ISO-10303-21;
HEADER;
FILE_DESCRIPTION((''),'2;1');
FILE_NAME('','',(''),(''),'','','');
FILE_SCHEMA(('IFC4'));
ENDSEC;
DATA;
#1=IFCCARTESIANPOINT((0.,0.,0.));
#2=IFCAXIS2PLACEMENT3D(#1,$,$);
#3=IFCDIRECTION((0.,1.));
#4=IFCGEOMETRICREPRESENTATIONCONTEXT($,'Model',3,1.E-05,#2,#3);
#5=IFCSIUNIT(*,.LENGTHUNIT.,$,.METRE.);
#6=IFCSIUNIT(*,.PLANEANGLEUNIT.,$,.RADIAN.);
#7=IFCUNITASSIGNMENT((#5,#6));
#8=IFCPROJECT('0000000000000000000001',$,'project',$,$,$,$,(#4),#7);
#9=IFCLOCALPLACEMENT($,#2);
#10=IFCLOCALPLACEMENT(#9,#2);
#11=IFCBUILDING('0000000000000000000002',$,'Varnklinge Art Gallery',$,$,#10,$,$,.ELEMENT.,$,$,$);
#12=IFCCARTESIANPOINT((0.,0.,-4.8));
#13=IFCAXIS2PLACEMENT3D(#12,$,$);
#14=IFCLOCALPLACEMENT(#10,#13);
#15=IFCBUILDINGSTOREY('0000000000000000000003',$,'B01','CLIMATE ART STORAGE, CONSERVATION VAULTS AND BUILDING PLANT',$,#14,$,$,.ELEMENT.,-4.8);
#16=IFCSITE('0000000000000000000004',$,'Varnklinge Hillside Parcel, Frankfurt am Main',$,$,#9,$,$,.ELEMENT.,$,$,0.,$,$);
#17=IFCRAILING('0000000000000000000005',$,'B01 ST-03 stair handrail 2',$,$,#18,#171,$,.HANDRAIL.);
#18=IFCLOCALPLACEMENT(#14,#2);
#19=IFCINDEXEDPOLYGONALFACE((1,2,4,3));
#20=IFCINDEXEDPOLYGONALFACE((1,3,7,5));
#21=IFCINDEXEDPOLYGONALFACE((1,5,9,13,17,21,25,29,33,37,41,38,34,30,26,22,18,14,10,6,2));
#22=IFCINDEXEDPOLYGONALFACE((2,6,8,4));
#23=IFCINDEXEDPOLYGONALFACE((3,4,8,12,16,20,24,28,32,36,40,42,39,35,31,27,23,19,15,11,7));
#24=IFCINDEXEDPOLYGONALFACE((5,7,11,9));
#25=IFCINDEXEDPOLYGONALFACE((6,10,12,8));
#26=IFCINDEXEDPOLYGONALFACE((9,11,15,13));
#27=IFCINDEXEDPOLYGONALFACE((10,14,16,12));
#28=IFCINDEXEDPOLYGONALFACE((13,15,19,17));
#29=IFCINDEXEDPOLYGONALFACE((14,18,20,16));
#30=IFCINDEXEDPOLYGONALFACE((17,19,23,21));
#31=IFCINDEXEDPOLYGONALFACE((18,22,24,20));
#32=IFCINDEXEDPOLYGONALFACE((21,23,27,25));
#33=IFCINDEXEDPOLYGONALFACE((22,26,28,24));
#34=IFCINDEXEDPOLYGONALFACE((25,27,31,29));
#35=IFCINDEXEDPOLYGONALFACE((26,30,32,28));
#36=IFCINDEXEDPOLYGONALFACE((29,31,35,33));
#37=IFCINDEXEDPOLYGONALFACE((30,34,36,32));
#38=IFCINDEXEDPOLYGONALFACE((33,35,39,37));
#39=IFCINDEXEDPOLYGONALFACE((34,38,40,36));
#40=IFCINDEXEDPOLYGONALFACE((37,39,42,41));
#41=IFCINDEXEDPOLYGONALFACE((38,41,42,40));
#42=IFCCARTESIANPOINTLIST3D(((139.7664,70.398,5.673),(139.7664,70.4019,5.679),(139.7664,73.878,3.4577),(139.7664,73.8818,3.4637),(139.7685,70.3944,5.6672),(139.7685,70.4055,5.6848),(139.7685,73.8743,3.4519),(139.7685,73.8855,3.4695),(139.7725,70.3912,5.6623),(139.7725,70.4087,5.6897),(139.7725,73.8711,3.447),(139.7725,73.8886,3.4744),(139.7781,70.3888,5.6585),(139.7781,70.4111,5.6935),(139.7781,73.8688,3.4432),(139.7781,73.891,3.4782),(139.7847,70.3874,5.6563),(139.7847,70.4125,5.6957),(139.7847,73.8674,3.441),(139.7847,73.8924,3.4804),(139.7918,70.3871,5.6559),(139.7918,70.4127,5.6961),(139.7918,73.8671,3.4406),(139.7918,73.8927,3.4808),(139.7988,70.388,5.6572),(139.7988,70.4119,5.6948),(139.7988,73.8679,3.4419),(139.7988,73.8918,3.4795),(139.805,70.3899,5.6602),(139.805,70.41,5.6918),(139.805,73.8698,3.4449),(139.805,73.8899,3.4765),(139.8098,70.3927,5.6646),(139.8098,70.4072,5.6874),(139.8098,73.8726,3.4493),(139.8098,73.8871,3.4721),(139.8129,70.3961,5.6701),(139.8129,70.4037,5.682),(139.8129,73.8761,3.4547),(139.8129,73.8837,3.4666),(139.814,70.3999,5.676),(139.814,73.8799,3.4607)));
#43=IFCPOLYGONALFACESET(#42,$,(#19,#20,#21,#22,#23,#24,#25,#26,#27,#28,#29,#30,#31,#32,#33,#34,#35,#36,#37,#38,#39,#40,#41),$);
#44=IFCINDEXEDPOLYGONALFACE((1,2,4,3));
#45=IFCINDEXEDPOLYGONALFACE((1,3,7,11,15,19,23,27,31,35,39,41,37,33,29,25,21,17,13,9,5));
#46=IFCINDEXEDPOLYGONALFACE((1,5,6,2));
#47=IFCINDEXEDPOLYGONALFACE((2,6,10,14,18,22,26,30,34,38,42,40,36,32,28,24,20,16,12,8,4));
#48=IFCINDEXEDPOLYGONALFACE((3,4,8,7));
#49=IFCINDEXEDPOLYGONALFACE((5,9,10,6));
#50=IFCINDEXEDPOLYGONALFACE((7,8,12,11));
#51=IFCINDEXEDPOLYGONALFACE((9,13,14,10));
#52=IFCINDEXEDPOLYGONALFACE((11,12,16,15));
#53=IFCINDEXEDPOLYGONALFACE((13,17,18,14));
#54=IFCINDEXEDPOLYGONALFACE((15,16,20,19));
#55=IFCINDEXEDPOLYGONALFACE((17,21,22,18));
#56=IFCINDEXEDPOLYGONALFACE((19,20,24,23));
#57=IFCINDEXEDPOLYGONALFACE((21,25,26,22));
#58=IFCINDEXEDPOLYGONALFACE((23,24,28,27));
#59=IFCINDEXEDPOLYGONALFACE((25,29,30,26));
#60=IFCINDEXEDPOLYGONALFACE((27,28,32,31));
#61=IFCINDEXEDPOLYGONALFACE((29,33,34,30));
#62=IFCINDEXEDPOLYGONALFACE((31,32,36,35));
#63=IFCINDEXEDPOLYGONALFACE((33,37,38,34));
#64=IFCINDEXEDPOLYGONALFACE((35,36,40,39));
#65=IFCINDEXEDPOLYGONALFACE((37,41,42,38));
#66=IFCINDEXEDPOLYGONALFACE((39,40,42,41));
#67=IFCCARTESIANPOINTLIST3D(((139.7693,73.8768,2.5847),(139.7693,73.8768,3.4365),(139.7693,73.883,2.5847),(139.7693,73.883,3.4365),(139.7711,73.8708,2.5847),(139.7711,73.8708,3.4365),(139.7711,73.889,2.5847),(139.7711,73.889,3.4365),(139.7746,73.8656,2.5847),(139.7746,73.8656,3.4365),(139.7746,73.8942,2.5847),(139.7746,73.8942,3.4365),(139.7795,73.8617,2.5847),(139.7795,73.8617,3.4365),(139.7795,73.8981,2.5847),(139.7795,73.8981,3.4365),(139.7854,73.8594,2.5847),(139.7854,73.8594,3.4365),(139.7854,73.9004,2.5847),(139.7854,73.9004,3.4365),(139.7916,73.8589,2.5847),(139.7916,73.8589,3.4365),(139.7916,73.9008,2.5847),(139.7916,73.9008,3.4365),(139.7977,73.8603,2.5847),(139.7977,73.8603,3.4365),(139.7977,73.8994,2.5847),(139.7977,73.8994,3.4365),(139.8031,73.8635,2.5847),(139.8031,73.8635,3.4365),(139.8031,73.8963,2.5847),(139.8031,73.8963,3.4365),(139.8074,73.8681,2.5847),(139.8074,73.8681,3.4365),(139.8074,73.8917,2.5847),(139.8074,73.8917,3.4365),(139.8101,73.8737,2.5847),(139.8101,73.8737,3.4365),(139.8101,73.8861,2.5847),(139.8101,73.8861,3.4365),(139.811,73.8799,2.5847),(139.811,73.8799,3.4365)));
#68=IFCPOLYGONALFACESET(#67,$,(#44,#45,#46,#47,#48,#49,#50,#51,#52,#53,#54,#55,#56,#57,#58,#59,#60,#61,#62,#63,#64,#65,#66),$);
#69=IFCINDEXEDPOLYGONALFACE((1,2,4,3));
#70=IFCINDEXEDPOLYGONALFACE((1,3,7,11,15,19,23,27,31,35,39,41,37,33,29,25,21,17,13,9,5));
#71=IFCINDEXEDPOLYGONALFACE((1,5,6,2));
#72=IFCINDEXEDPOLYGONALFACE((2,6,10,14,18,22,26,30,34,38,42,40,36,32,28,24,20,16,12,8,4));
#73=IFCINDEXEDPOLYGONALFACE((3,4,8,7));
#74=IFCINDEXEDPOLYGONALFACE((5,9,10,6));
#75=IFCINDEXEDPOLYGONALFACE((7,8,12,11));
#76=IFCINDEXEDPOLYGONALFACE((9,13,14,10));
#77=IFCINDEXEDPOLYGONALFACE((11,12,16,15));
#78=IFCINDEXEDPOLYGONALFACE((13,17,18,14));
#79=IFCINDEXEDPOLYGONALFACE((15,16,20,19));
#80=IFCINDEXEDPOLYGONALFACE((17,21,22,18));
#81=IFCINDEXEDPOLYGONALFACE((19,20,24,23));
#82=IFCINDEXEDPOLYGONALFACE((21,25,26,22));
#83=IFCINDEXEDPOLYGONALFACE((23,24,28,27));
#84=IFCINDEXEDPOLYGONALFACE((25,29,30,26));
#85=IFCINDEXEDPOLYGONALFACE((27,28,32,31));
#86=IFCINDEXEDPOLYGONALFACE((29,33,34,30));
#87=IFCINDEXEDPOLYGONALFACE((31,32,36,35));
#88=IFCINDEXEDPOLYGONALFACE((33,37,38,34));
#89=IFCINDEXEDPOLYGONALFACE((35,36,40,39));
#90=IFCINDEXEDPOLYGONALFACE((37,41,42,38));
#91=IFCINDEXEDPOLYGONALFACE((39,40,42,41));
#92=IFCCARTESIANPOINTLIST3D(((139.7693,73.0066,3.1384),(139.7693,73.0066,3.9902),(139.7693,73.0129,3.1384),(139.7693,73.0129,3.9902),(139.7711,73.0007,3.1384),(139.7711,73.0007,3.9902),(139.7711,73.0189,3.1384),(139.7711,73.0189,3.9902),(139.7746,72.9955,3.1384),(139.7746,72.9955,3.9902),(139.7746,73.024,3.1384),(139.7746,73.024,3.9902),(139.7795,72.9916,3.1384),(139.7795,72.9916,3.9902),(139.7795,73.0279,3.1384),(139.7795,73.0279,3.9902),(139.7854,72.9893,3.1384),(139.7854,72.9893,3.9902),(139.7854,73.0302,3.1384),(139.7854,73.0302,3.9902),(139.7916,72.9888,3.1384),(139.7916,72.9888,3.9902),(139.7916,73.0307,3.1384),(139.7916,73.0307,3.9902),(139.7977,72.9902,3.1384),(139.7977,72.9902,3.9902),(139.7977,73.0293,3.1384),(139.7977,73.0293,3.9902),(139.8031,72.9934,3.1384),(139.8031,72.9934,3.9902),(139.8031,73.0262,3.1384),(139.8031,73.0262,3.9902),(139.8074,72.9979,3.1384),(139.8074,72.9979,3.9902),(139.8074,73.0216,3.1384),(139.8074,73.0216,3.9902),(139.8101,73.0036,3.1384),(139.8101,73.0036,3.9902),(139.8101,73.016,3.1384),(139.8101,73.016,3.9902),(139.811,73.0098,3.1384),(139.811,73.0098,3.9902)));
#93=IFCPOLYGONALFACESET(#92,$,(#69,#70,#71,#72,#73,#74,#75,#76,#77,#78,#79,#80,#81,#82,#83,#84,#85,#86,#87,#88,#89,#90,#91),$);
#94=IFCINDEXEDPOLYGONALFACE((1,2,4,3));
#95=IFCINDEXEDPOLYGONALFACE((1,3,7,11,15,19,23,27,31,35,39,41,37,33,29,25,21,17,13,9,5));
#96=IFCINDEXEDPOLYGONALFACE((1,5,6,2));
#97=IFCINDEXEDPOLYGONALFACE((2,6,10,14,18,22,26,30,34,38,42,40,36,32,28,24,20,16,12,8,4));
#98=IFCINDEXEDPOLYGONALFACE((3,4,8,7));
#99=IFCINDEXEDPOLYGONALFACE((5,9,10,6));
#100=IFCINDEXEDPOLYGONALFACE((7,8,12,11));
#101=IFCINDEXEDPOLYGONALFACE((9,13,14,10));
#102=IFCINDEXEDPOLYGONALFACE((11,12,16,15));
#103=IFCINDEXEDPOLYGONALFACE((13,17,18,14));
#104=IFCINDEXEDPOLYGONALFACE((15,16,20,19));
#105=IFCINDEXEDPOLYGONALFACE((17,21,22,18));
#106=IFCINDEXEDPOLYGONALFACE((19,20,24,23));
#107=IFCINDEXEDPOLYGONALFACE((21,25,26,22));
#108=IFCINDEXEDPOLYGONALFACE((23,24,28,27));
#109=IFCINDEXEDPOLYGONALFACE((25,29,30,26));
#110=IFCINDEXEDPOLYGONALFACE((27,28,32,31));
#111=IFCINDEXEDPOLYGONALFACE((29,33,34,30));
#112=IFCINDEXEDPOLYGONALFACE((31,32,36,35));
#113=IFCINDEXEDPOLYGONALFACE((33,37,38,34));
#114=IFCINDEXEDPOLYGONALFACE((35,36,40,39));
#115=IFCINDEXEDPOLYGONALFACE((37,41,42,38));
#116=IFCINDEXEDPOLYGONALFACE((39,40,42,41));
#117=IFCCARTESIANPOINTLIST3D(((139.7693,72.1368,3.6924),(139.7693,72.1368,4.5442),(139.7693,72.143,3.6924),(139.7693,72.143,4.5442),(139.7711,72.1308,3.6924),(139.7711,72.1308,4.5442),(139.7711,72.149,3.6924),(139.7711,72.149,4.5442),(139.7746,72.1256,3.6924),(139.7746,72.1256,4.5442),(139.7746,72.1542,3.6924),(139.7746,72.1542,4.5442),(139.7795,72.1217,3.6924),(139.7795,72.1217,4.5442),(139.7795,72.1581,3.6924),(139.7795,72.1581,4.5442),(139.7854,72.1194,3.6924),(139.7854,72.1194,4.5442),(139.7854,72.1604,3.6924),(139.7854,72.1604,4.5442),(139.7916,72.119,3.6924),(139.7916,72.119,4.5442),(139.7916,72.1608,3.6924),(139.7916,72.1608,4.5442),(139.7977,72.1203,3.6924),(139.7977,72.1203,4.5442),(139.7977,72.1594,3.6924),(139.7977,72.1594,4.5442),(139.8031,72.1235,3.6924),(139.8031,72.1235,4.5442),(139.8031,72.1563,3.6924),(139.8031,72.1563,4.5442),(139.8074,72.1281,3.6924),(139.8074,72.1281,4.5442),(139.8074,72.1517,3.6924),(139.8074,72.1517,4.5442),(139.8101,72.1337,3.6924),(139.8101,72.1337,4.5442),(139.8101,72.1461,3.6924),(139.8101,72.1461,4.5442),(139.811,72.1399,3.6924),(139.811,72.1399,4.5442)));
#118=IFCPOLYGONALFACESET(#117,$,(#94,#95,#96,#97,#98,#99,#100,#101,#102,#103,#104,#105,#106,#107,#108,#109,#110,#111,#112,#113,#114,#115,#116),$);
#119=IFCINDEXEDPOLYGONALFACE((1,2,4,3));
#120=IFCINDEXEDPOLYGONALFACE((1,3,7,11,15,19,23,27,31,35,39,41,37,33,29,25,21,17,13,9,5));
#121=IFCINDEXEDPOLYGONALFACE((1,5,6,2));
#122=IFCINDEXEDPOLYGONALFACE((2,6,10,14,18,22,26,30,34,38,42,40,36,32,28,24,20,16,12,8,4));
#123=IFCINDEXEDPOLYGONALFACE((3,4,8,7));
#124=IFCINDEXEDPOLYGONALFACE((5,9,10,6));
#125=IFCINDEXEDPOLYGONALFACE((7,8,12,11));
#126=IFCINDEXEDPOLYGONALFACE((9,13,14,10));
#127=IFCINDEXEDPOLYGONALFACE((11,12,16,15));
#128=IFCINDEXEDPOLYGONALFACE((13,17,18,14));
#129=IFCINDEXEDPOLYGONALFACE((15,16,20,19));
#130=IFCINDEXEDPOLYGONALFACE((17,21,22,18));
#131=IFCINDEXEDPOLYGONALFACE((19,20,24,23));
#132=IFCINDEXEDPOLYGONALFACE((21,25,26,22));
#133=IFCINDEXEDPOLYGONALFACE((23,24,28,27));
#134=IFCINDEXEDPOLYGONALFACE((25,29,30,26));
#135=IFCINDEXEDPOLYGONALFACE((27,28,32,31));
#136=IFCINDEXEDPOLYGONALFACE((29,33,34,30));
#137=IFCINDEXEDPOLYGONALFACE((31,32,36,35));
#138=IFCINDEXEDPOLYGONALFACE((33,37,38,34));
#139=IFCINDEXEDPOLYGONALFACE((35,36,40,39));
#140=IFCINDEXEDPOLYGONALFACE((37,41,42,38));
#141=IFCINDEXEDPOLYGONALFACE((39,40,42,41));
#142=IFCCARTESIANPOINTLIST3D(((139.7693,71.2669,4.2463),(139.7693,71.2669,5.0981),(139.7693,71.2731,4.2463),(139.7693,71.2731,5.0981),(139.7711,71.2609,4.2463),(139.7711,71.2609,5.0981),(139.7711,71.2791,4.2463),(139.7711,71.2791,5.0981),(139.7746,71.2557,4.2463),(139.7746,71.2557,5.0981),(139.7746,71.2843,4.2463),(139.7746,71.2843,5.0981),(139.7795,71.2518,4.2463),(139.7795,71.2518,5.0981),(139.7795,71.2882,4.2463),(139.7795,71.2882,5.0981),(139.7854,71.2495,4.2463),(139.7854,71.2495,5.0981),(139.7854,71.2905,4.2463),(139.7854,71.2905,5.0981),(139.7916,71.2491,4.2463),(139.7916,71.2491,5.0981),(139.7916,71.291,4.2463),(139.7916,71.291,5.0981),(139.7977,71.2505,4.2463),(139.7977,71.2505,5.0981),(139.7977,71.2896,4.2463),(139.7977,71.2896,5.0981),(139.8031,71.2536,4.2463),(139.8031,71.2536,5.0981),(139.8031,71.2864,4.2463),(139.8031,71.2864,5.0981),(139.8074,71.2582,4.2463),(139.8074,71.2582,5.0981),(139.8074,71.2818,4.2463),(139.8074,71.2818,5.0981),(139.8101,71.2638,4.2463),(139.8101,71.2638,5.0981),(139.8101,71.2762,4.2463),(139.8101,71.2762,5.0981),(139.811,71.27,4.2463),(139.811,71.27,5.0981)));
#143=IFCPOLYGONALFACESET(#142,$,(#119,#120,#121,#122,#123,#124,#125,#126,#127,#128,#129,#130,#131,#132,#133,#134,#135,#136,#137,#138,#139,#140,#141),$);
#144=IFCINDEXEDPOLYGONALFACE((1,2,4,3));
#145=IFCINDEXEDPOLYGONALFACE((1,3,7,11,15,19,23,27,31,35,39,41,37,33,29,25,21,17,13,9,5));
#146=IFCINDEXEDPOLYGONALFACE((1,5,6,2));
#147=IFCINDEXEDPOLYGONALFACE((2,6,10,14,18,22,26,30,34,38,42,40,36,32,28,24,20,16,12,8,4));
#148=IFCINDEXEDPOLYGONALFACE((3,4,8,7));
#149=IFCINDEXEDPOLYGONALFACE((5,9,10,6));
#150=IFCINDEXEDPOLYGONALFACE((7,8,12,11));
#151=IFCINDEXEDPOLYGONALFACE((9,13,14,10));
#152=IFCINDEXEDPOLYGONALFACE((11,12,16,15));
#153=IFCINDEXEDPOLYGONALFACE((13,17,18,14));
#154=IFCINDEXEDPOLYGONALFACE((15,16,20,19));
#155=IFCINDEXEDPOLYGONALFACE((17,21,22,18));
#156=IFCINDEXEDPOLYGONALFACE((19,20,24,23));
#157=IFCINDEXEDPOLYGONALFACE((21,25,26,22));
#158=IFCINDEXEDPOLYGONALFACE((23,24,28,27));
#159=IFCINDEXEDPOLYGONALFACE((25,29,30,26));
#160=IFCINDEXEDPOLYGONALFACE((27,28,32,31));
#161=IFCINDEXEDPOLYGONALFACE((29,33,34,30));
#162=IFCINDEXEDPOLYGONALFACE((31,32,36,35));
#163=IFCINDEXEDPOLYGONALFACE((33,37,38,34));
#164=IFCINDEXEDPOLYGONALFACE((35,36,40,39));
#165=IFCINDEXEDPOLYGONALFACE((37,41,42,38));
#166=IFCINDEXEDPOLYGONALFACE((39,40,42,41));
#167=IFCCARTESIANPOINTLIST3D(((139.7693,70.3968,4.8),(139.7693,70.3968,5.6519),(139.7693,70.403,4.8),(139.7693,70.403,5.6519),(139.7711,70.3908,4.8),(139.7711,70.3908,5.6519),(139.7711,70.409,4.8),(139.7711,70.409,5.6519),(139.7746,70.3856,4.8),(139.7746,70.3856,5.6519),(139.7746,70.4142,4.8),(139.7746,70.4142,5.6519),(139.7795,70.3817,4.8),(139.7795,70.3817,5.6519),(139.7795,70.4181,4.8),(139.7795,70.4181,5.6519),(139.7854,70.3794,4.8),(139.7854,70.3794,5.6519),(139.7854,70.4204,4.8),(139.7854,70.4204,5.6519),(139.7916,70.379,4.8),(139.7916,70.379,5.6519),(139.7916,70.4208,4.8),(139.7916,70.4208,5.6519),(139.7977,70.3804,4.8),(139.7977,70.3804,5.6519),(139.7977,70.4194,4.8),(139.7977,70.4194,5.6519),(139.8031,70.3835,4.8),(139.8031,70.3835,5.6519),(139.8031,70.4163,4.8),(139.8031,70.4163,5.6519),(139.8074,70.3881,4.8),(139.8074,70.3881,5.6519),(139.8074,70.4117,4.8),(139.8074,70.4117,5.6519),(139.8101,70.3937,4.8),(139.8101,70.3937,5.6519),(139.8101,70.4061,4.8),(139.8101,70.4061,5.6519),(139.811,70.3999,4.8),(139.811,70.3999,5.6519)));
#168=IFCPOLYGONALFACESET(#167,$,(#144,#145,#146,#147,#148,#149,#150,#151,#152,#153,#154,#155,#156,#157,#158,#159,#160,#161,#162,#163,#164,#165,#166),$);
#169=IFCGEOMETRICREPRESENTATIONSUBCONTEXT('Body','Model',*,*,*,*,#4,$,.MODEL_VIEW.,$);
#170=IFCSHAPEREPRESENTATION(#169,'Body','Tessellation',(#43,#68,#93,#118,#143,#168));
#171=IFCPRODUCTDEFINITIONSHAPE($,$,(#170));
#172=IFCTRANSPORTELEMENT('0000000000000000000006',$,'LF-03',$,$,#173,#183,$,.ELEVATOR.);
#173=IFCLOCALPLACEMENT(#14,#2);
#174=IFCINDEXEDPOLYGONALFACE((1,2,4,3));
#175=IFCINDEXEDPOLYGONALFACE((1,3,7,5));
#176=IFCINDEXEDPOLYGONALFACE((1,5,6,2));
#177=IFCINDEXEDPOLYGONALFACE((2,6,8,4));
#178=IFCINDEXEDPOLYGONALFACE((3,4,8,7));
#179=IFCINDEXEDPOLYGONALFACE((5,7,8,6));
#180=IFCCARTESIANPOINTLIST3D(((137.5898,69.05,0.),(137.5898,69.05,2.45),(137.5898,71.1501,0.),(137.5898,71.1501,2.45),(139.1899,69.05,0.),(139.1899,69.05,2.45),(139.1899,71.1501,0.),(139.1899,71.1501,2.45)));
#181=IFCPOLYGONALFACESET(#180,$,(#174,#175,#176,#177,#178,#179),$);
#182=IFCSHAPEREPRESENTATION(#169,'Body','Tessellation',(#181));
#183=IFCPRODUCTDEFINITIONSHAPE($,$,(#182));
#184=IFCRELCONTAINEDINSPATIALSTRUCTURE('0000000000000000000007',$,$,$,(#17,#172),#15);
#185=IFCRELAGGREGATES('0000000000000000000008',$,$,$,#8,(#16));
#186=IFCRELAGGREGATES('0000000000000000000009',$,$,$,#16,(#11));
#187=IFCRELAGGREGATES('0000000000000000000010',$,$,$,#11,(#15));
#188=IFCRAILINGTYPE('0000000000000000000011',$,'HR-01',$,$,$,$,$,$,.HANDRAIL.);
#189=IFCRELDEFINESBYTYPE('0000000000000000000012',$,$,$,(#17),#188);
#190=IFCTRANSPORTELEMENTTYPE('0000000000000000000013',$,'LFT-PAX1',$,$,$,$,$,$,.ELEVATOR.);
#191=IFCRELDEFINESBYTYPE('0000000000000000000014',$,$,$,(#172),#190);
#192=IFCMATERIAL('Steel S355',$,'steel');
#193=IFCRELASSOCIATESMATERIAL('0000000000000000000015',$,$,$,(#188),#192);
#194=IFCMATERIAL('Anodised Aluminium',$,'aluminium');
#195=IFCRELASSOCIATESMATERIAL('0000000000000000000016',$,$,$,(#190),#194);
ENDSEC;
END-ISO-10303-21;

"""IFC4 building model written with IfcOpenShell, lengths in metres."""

from ifc_helpers import new_model, si_unit, direction, frame, origin, origin_2d, place, context, subcontext, project, spatial, rectangle, circle, extrude, material, type_object, element, save


model = new_model("IFC4")

# Units and contexts
model_context = context("Model", 3, precision=1e-05, world=origin(), true_north=direction((0.0, 1.0)))
body_context = subcontext(model_context, "Body", "Model", "MODEL_VIEW")
ifc_project = project(units=[si_unit("LENGTHUNIT", "METRE"), si_unit("PLANEANGLEUNIT", "RADIAN")], contexts=[model_context])

# Site, building, storey
site_placement = place(None, origin())
site = spatial("IfcSite", under=ifc_project, at=site_placement, Name="Varnklinge Hillside Parcel, Frankfurt am Main", CompositionType="ELEMENT", RefElevation=0.0)
building_placement = place(site_placement, origin())
building = spatial("IfcBuilding", under=site, at=building_placement, Name="Varnklinge Art Gallery", CompositionType="ELEMENT")
storey_placement = place(building_placement, frame((0.0, 0.0, -4.8)))
storey = spatial("IfcBuildingStorey", under=building, at=storey_placement, Name="B01", Description="CLIMATE ART STORAGE, CONSERVATION VAULTS AND BUILDING PLANT", CompositionType="ELEMENT", Elevation=-4.8)

# Railing
ifc_material_1 = material(Name="Steel S355", Category="steel")
railing_type_1 = type_object("IfcRailingType", Name="HR-01", PredefinedType="HANDRAIL", material=ifc_material_1)
railing_1_placement = place(storey_placement, frame((139.79, 73.8799, 2.5847)))
element("IfcRailing", 1, at=railing_1_placement, inside=storey, type_object=railing_type_1, Name="B01 ST-03 stair handrail 2", PredefinedType="HANDRAIL", context=body_context, shape_type="SweptSolid", body=[
    extrude(circle(Radius=0.0239, at=origin_2d()), frame((0.0, 0.0, 0.876), z_axis=(0.0, -0.843574, 0.537013), x_axis=(1.0, 0.0, 0.0)), (0.0, 0.0, 1.0), 4.1252),
    extrude(circle(Radius=0.021, at=origin_2d()), origin(), (0.0, 0.0, 1.0), 0.8518),
    extrude(circle(Radius=0.021, at=origin_2d()), frame((0.0, -0.8701, 0.5537)), (0.0, 0.0, 1.0), 0.8518),
    extrude(circle(Radius=0.021, at=origin_2d()), frame((0.0, -1.74, 1.1077)), (0.0, 0.0, 1.0), 0.8518),
    extrude(circle(Radius=0.021, at=origin_2d()), frame((0.0, -2.6099, 1.6616)), (0.0, 0.0, 1.0), 0.8518),
    extrude(circle(Radius=0.021, at=origin_2d()), frame((0.0, -3.48, 2.2153)), (0.0, 0.0, 1.0), 0.8518),
])

# Transport element
ifc_material_2 = material(Name="Anodised Aluminium", Category="aluminium")
transport_element_type = type_object("IfcTransportElementType", Name="LFT-PAX1", PredefinedType="ELEVATOR", material=ifc_material_2)
transport_element_placement = place(storey_placement, frame((138.3899, 70.1001, 0.0), z_axis=(0.0, 0.0, 1.0), x_axis=(0.0, 1.0, 0.0)))
element("IfcTransportElement", 2, at=transport_element_placement, inside=storey, type_object=transport_element_type, Name="LF-03", PredefinedType="ELEVATOR", context=body_context, shape_type="SweptSolid", body=[
    extrude(rectangle(XDim=2.1001, YDim=1.6001, at=origin_2d()), origin(), (0.0, 0.0, 1.0), 2.45),
])

save(model, "model.ifc")
